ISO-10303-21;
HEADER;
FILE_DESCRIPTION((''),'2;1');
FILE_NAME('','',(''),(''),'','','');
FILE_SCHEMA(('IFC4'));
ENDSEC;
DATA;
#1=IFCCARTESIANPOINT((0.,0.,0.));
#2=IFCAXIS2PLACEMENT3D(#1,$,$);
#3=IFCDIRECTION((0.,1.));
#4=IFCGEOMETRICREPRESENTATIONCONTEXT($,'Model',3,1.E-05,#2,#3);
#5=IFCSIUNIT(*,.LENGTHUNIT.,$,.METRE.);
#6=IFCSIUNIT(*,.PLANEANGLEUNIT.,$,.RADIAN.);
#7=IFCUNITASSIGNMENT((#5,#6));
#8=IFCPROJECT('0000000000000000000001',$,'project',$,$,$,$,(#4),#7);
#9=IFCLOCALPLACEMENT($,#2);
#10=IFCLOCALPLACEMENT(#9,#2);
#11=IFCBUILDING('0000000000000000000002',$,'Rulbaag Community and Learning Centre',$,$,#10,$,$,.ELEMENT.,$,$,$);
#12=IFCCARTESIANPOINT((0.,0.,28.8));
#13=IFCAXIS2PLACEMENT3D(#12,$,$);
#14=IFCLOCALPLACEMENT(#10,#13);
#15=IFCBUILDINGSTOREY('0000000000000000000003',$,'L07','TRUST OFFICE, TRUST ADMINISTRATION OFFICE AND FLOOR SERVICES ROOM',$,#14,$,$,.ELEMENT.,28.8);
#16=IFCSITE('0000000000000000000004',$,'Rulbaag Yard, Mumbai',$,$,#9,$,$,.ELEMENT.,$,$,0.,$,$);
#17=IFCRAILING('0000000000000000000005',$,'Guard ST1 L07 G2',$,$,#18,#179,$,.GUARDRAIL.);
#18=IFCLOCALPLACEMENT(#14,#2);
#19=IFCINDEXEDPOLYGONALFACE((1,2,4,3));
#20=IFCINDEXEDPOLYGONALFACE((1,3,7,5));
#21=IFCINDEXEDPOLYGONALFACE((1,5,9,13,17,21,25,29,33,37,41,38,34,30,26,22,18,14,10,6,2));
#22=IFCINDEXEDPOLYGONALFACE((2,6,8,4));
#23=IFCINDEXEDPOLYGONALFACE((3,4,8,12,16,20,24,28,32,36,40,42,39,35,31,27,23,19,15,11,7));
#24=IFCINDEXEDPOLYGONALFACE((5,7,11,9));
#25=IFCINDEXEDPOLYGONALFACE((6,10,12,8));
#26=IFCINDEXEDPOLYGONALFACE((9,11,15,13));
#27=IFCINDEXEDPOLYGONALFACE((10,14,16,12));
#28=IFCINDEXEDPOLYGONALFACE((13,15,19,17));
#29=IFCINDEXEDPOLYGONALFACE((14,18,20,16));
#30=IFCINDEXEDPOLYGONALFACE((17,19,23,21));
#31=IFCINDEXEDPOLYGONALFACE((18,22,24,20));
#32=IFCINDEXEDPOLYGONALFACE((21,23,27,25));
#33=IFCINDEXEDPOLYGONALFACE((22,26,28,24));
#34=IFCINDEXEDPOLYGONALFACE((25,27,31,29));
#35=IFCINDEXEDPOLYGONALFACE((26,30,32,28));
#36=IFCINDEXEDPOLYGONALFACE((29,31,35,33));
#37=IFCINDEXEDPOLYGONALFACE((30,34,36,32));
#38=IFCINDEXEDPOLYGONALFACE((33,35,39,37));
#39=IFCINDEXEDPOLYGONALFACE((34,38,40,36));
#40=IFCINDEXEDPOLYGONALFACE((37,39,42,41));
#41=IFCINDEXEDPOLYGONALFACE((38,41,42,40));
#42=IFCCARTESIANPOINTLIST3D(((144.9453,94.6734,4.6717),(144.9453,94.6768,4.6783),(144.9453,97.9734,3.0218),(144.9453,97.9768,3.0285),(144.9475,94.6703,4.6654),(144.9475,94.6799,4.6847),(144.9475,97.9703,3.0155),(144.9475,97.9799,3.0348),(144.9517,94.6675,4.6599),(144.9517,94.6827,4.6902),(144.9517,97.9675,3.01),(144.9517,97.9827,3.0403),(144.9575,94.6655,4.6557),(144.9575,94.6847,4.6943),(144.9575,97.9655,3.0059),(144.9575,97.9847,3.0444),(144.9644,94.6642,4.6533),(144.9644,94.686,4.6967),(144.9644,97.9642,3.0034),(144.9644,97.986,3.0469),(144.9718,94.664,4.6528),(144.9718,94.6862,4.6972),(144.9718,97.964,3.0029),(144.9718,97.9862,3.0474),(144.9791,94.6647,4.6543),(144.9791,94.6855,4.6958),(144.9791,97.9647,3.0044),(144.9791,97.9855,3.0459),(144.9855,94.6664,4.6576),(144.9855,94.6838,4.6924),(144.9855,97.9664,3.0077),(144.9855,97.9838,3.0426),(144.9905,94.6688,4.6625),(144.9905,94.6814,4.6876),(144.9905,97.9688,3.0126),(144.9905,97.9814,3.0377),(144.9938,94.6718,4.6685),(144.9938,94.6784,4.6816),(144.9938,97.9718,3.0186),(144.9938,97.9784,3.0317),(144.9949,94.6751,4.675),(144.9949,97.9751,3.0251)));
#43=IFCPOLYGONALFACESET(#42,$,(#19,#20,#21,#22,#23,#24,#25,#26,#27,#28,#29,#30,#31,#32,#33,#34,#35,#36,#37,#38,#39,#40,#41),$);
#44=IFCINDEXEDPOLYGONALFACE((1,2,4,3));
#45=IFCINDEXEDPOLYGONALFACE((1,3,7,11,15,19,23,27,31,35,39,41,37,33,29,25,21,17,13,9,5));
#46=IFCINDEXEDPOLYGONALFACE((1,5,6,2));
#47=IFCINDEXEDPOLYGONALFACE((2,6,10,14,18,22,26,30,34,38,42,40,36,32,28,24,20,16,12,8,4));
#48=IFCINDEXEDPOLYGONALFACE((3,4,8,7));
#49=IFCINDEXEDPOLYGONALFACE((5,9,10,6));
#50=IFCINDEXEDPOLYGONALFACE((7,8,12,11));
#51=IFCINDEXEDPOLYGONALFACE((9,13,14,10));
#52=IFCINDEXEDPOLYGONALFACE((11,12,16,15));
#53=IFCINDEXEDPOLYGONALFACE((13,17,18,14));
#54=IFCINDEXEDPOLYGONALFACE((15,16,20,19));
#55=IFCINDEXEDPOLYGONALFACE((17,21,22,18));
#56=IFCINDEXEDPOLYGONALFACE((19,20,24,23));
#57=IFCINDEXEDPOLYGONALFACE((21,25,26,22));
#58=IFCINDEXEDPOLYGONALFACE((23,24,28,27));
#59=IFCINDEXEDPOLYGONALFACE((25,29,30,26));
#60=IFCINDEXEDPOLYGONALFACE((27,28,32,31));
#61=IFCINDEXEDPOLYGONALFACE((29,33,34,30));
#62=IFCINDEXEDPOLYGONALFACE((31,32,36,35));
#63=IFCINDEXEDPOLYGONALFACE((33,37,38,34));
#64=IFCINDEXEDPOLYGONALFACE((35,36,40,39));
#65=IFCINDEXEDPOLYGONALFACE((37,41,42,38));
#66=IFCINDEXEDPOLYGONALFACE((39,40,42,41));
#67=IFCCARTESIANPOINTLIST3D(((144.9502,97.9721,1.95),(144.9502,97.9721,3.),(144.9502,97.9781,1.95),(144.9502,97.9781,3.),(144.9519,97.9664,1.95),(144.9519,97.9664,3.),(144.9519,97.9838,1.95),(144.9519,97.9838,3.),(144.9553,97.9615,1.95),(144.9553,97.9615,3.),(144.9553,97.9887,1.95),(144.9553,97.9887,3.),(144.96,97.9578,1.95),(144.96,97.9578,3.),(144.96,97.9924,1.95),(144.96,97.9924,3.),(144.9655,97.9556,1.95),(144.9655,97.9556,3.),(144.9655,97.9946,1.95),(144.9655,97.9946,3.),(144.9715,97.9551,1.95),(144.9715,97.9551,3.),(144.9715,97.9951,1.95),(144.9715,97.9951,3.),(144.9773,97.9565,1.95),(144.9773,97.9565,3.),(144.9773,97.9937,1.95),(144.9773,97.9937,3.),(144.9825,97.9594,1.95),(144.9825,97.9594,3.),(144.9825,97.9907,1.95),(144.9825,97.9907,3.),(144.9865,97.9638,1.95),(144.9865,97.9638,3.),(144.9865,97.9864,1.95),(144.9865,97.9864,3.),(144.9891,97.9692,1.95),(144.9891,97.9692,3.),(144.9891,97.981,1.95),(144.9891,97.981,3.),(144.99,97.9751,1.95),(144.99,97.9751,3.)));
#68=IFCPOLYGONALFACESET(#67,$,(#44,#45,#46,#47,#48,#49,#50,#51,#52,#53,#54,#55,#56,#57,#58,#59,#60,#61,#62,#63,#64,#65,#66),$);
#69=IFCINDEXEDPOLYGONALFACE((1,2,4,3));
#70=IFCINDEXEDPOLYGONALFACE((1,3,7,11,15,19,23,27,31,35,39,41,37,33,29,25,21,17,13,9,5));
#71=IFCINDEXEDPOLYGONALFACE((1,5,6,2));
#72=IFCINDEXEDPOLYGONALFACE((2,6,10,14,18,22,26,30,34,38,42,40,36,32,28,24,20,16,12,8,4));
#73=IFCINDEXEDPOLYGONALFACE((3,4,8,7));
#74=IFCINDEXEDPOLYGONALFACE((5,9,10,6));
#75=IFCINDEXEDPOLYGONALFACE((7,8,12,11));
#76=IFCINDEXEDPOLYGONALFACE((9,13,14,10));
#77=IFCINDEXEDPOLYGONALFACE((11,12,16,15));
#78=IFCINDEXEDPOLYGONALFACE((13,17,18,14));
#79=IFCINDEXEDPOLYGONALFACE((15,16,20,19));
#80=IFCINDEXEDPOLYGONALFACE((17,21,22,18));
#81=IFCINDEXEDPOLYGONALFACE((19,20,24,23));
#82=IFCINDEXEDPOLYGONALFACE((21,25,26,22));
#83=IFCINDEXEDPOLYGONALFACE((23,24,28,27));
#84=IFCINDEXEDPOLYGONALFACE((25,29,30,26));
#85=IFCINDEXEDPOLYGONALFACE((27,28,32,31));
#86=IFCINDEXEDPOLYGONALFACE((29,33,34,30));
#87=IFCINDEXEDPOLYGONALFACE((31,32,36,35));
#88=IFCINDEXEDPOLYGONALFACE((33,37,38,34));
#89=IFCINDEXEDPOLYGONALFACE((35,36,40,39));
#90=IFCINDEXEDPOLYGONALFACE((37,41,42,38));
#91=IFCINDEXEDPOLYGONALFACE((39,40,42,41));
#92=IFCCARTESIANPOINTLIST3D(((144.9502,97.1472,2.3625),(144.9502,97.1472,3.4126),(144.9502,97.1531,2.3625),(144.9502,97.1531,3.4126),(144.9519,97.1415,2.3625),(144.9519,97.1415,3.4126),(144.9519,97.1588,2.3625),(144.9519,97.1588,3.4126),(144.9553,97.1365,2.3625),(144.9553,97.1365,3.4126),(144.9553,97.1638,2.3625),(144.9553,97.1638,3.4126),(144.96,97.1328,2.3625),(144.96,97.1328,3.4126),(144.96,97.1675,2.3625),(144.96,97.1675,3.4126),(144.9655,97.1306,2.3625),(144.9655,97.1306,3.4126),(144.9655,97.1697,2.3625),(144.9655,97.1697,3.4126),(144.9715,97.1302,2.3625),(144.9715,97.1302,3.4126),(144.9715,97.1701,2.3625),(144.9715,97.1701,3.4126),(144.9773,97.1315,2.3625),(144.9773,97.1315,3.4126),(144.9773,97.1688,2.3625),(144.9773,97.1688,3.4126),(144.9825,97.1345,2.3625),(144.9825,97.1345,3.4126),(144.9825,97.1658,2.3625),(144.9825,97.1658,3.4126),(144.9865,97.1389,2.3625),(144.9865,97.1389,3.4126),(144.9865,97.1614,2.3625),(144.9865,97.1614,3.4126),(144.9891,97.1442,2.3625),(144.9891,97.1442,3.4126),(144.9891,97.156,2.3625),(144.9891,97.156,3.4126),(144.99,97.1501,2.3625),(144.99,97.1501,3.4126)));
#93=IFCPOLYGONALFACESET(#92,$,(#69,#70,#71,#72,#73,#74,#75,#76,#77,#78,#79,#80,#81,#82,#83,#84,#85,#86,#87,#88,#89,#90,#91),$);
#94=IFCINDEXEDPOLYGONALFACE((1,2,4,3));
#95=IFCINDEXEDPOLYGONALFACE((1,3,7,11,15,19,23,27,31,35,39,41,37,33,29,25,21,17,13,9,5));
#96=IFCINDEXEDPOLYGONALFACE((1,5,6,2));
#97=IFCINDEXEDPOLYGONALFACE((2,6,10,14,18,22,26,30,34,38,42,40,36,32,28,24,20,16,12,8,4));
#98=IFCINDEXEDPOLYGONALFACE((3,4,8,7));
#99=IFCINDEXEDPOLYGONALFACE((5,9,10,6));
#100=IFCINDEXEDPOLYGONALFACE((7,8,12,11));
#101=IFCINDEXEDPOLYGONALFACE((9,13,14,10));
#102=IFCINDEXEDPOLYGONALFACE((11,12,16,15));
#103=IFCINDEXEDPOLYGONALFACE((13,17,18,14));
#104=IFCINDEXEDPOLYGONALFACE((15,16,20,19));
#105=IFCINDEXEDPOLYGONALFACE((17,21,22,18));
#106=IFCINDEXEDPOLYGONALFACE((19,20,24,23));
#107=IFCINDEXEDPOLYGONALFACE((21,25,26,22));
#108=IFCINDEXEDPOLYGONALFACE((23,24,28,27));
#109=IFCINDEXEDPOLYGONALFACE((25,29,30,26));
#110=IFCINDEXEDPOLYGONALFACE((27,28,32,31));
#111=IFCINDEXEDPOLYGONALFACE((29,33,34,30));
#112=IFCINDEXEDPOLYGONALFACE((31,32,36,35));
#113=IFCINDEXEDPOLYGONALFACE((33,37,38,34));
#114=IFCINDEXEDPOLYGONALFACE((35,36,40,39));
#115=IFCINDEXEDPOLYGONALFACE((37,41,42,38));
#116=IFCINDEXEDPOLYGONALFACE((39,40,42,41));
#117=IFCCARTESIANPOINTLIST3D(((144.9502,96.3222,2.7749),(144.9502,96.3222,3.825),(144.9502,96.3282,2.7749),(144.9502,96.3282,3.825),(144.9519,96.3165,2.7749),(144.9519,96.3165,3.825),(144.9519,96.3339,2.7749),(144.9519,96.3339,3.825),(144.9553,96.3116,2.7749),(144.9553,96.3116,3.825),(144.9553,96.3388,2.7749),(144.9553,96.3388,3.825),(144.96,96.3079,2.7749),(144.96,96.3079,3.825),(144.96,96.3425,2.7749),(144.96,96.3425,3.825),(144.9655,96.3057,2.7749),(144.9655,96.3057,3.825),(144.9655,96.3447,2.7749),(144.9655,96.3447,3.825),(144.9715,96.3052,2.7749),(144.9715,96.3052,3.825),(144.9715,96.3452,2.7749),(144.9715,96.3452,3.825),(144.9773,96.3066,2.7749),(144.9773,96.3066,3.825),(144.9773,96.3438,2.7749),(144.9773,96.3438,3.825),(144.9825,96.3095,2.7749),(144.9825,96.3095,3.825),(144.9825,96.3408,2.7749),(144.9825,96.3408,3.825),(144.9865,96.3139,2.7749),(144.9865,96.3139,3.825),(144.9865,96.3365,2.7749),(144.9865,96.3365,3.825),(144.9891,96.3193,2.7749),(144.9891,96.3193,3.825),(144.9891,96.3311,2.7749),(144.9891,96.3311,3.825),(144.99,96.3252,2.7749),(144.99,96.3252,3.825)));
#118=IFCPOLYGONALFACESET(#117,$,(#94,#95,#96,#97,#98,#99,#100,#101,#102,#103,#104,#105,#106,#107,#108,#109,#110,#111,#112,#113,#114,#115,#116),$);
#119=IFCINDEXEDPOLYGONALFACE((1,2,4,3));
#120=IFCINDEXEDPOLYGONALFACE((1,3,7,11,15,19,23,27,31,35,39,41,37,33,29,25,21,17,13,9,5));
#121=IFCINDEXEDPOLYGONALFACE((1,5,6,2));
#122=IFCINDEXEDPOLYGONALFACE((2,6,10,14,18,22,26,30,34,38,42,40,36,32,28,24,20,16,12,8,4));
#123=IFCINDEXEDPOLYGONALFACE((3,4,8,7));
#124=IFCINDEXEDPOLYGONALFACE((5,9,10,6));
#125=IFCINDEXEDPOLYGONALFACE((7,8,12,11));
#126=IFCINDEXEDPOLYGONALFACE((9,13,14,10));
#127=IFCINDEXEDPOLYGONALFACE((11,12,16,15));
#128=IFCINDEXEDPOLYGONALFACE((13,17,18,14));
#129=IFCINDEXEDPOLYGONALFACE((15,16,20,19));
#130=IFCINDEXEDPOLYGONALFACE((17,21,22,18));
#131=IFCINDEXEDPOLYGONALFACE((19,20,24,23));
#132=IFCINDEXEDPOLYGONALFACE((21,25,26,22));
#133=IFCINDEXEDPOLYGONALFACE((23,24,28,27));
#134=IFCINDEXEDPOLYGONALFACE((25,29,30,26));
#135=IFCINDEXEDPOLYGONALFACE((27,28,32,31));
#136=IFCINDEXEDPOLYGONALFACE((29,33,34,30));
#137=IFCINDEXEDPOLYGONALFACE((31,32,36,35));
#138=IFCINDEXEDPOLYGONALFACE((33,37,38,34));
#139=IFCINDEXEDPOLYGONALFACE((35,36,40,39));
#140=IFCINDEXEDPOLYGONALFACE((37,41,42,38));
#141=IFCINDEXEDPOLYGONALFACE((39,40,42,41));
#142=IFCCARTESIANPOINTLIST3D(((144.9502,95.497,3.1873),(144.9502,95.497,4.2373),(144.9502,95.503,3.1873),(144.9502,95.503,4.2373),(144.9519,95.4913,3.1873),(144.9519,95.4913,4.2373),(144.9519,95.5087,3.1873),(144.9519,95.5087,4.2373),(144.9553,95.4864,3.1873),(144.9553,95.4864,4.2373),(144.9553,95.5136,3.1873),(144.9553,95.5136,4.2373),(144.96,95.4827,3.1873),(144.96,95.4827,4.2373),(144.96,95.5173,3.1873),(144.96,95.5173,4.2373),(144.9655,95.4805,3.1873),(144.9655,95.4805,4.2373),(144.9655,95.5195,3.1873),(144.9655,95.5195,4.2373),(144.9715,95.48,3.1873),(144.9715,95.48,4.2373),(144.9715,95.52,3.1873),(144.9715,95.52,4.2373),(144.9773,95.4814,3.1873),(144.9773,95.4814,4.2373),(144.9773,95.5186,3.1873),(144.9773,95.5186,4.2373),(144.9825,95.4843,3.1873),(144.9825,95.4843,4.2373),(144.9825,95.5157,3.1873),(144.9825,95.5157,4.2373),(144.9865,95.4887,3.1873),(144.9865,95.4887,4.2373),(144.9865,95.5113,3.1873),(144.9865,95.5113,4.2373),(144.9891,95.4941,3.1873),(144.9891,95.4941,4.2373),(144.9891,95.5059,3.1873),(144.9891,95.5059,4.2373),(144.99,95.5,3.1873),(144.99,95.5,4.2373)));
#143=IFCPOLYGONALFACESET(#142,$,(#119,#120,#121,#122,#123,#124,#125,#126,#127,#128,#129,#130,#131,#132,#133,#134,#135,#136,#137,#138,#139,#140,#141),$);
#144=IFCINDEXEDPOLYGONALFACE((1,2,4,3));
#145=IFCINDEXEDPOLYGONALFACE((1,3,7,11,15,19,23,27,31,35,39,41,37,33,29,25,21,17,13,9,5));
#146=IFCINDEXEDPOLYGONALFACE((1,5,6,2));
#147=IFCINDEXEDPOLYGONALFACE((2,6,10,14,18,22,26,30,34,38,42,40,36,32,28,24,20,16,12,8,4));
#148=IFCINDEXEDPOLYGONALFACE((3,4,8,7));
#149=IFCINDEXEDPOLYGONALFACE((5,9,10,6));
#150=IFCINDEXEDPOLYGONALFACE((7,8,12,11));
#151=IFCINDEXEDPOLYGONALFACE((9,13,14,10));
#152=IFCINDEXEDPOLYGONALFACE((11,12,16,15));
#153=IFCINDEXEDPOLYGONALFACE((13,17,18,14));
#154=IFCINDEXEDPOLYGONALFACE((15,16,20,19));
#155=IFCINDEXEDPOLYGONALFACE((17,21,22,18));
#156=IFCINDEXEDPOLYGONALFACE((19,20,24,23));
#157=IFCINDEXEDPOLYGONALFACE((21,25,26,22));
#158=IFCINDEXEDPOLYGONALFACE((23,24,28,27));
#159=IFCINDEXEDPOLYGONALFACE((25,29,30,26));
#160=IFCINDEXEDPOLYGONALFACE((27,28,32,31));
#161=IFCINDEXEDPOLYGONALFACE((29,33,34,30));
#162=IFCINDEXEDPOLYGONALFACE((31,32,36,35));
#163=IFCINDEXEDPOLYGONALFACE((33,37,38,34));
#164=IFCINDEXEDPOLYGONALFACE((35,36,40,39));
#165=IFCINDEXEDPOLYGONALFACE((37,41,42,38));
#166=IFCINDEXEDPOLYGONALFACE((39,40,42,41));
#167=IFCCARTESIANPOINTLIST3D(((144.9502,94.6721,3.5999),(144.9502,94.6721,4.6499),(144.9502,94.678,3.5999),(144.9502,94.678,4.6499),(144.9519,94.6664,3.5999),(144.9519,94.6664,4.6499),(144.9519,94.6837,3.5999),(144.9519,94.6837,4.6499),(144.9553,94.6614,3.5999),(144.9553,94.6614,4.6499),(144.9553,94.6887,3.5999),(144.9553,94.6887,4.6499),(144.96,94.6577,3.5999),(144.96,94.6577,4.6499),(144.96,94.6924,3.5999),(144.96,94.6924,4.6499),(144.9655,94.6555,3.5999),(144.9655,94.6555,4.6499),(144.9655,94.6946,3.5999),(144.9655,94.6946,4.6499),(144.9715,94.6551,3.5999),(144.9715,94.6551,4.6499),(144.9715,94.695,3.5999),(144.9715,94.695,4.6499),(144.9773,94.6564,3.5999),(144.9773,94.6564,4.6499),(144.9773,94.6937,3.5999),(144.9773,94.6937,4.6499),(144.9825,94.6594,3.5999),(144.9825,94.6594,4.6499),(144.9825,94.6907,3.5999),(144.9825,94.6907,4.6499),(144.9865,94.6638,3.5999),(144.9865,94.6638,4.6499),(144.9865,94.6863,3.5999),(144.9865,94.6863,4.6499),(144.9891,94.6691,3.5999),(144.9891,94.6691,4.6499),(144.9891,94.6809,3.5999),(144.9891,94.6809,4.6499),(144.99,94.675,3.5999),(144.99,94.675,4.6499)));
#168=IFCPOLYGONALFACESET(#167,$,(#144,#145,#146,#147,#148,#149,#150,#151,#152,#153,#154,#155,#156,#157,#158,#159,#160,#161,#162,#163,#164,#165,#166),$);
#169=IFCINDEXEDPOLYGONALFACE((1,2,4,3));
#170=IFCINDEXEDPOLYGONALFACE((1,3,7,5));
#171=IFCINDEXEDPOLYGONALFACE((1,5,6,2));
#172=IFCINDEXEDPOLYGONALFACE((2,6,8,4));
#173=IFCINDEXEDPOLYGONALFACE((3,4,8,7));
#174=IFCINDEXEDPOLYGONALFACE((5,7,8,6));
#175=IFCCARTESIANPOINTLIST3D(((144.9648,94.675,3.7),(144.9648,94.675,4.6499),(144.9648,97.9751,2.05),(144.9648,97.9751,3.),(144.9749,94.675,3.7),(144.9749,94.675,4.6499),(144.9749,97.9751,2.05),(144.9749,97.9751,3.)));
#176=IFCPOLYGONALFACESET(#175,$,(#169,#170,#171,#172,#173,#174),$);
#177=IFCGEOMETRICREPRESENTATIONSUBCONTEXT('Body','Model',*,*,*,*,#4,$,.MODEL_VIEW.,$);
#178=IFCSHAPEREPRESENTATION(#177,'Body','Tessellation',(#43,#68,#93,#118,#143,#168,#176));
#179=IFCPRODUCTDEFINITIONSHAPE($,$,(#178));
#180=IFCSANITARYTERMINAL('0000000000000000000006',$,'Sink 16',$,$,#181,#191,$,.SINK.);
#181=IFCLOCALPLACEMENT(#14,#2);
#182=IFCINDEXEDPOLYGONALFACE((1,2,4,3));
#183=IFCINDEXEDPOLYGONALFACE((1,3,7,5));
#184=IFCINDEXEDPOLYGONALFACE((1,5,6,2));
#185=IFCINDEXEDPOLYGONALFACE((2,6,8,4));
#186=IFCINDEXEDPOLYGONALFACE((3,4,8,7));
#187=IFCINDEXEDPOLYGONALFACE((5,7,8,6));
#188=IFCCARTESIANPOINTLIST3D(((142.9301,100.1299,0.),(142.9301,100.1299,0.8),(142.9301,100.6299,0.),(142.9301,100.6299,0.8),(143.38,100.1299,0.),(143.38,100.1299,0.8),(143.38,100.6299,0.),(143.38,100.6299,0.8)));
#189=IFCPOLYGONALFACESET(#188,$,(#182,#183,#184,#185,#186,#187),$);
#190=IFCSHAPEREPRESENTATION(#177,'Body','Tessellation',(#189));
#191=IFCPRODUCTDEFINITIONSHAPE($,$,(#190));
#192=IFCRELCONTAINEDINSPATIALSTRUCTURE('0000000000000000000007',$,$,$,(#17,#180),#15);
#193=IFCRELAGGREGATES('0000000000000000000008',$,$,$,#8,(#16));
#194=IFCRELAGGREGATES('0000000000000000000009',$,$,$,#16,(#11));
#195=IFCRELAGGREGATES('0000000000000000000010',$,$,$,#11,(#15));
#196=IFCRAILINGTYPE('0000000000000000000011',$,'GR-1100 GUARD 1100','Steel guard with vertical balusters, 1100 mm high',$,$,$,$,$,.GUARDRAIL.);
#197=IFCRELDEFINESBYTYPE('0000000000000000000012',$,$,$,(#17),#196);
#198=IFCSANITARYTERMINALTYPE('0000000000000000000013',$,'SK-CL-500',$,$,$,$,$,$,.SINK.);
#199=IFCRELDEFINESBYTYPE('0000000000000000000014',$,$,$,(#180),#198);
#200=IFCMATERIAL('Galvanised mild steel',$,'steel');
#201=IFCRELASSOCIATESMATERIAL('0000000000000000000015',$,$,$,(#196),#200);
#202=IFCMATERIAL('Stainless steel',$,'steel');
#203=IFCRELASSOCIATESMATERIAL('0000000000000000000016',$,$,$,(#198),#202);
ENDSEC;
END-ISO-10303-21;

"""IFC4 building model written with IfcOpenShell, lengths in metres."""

from ifc_helpers import new_model, si_unit, direction, frame, origin, origin_2d, place, context, subcontext, project, spatial, polyline, rectangle, circle, outline, extrude, material, type_object, element, save


model = new_model("IFC4")

# Units and contexts
model_context = context("Model", 3, precision=1e-05, world=origin(), true_north=direction((0.0, 1.0)))
body_context = subcontext(model_context, "Body", "Model", "MODEL_VIEW")
ifc_project = project(units=[si_unit("LENGTHUNIT", "METRE"), si_unit("PLANEANGLEUNIT", "RADIAN")], contexts=[model_context])

# Site, building, storey
site_placement = place(None, origin())
site = spatial("IfcSite", under=ifc_project, at=site_placement, Name="Rulbaag Yard, Mumbai", CompositionType="ELEMENT", RefElevation=0.0)
building_placement = place(site_placement, origin())
building = spatial("IfcBuilding", under=site, at=building_placement, Name="Rulbaag Community and Learning Centre", CompositionType="ELEMENT")
storey_placement = place(building_placement, frame((0.0, 0.0, 28.8)))
storey = spatial("IfcBuildingStorey", under=building, at=storey_placement, Name="L07", Description="TRUST OFFICE, TRUST ADMINISTRATION OFFICE AND FLOOR SERVICES ROOM", CompositionType="ELEMENT", Elevation=28.8)

# Railing
ifc_material_1 = material(Name="Galvanised mild steel", Category="steel")
railing_type_1 = type_object("IfcRailingType", Name="GR-1100 GUARD 1100", Description="Steel guard with vertical balusters, 1100 mm high", PredefinedType="GUARDRAIL", material=ifc_material_1)
railing_1_placement = place(storey_placement, frame((144.97, 97.9751, 1.95)))
element("IfcRailing", 1, at=railing_1_placement, inside=storey, type_object=railing_type_1, Name="Guard ST1 L07 G2", PredefinedType="GUARDRAIL", context=body_context, shape_type="SweptSolid", body=[
    extrude(circle(Radius=0.0249, at=origin_2d()), frame((0.0, 0.0, 1.0752), z_axis=(0.0, -0.89444, 0.447187), x_axis=(1.0, 0.0, 0.0)), (0.0, 0.0, 1.0), 3.6895),
    extrude(circle(Radius=0.02, at=origin_2d()), origin(), (0.0, 0.0, 1.0), 1.05),
    extrude(circle(Radius=0.02, at=origin_2d()), frame((0.0, -0.825, 0.4126)), (0.0, 0.0, 1.0), 1.05),
    extrude(circle(Radius=0.02, at=origin_2d()), frame((0.0, -1.6499, 0.825)), (0.0, 0.0, 1.0), 1.05),
    extrude(circle(Radius=0.02, at=origin_2d()), frame((0.0, -2.4751, 1.2373)), (0.0, 0.0, 1.0), 1.05),
    extrude(circle(Radius=0.02, at=origin_2d()), frame((0.0, -3.3, 1.6499)), (0.0, 0.0, 1.0), 1.05),
    extrude(outline(polyline([(0.0, 0.0), (3.3, 1.6499), (3.3, 2.5999), (0.0, 0.95), (0.0, 0.0)])), frame((0.0049, 0.0, 0.1001), z_axis=(-1.0, 0.0, 0.0), x_axis=(0.0, -1.0, 0.0)), (0.0, 0.0, 1.0), 0.01),
])

# Sanitary terminal
ifc_material_2 = material(Name="Stainless steel", Category="steel")
sanitary_terminal_type = type_object("IfcSanitaryTerminalType", Name="SK-CL-500", PredefinedType="SINK", material=ifc_material_2)
sanitary_terminal_placement = place(storey_placement, frame((143.155, 100.3799, 0.0), z_axis=(0.0, 0.0, 1.0), x_axis=(1.0, 0.0, 0.0)))
element("IfcSanitaryTerminal", 2, at=sanitary_terminal_placement, inside=storey, type_object=sanitary_terminal_type, Name="Sink 16", PredefinedType="SINK", context=body_context, shape_type="SweptSolid", body=[
    extrude(rectangle(XDim=0.45, YDim=0.5, at=origin_2d()), origin(), (0.0, 0.0, 1.0), 0.8),
])

save(model, "model.ifc")
